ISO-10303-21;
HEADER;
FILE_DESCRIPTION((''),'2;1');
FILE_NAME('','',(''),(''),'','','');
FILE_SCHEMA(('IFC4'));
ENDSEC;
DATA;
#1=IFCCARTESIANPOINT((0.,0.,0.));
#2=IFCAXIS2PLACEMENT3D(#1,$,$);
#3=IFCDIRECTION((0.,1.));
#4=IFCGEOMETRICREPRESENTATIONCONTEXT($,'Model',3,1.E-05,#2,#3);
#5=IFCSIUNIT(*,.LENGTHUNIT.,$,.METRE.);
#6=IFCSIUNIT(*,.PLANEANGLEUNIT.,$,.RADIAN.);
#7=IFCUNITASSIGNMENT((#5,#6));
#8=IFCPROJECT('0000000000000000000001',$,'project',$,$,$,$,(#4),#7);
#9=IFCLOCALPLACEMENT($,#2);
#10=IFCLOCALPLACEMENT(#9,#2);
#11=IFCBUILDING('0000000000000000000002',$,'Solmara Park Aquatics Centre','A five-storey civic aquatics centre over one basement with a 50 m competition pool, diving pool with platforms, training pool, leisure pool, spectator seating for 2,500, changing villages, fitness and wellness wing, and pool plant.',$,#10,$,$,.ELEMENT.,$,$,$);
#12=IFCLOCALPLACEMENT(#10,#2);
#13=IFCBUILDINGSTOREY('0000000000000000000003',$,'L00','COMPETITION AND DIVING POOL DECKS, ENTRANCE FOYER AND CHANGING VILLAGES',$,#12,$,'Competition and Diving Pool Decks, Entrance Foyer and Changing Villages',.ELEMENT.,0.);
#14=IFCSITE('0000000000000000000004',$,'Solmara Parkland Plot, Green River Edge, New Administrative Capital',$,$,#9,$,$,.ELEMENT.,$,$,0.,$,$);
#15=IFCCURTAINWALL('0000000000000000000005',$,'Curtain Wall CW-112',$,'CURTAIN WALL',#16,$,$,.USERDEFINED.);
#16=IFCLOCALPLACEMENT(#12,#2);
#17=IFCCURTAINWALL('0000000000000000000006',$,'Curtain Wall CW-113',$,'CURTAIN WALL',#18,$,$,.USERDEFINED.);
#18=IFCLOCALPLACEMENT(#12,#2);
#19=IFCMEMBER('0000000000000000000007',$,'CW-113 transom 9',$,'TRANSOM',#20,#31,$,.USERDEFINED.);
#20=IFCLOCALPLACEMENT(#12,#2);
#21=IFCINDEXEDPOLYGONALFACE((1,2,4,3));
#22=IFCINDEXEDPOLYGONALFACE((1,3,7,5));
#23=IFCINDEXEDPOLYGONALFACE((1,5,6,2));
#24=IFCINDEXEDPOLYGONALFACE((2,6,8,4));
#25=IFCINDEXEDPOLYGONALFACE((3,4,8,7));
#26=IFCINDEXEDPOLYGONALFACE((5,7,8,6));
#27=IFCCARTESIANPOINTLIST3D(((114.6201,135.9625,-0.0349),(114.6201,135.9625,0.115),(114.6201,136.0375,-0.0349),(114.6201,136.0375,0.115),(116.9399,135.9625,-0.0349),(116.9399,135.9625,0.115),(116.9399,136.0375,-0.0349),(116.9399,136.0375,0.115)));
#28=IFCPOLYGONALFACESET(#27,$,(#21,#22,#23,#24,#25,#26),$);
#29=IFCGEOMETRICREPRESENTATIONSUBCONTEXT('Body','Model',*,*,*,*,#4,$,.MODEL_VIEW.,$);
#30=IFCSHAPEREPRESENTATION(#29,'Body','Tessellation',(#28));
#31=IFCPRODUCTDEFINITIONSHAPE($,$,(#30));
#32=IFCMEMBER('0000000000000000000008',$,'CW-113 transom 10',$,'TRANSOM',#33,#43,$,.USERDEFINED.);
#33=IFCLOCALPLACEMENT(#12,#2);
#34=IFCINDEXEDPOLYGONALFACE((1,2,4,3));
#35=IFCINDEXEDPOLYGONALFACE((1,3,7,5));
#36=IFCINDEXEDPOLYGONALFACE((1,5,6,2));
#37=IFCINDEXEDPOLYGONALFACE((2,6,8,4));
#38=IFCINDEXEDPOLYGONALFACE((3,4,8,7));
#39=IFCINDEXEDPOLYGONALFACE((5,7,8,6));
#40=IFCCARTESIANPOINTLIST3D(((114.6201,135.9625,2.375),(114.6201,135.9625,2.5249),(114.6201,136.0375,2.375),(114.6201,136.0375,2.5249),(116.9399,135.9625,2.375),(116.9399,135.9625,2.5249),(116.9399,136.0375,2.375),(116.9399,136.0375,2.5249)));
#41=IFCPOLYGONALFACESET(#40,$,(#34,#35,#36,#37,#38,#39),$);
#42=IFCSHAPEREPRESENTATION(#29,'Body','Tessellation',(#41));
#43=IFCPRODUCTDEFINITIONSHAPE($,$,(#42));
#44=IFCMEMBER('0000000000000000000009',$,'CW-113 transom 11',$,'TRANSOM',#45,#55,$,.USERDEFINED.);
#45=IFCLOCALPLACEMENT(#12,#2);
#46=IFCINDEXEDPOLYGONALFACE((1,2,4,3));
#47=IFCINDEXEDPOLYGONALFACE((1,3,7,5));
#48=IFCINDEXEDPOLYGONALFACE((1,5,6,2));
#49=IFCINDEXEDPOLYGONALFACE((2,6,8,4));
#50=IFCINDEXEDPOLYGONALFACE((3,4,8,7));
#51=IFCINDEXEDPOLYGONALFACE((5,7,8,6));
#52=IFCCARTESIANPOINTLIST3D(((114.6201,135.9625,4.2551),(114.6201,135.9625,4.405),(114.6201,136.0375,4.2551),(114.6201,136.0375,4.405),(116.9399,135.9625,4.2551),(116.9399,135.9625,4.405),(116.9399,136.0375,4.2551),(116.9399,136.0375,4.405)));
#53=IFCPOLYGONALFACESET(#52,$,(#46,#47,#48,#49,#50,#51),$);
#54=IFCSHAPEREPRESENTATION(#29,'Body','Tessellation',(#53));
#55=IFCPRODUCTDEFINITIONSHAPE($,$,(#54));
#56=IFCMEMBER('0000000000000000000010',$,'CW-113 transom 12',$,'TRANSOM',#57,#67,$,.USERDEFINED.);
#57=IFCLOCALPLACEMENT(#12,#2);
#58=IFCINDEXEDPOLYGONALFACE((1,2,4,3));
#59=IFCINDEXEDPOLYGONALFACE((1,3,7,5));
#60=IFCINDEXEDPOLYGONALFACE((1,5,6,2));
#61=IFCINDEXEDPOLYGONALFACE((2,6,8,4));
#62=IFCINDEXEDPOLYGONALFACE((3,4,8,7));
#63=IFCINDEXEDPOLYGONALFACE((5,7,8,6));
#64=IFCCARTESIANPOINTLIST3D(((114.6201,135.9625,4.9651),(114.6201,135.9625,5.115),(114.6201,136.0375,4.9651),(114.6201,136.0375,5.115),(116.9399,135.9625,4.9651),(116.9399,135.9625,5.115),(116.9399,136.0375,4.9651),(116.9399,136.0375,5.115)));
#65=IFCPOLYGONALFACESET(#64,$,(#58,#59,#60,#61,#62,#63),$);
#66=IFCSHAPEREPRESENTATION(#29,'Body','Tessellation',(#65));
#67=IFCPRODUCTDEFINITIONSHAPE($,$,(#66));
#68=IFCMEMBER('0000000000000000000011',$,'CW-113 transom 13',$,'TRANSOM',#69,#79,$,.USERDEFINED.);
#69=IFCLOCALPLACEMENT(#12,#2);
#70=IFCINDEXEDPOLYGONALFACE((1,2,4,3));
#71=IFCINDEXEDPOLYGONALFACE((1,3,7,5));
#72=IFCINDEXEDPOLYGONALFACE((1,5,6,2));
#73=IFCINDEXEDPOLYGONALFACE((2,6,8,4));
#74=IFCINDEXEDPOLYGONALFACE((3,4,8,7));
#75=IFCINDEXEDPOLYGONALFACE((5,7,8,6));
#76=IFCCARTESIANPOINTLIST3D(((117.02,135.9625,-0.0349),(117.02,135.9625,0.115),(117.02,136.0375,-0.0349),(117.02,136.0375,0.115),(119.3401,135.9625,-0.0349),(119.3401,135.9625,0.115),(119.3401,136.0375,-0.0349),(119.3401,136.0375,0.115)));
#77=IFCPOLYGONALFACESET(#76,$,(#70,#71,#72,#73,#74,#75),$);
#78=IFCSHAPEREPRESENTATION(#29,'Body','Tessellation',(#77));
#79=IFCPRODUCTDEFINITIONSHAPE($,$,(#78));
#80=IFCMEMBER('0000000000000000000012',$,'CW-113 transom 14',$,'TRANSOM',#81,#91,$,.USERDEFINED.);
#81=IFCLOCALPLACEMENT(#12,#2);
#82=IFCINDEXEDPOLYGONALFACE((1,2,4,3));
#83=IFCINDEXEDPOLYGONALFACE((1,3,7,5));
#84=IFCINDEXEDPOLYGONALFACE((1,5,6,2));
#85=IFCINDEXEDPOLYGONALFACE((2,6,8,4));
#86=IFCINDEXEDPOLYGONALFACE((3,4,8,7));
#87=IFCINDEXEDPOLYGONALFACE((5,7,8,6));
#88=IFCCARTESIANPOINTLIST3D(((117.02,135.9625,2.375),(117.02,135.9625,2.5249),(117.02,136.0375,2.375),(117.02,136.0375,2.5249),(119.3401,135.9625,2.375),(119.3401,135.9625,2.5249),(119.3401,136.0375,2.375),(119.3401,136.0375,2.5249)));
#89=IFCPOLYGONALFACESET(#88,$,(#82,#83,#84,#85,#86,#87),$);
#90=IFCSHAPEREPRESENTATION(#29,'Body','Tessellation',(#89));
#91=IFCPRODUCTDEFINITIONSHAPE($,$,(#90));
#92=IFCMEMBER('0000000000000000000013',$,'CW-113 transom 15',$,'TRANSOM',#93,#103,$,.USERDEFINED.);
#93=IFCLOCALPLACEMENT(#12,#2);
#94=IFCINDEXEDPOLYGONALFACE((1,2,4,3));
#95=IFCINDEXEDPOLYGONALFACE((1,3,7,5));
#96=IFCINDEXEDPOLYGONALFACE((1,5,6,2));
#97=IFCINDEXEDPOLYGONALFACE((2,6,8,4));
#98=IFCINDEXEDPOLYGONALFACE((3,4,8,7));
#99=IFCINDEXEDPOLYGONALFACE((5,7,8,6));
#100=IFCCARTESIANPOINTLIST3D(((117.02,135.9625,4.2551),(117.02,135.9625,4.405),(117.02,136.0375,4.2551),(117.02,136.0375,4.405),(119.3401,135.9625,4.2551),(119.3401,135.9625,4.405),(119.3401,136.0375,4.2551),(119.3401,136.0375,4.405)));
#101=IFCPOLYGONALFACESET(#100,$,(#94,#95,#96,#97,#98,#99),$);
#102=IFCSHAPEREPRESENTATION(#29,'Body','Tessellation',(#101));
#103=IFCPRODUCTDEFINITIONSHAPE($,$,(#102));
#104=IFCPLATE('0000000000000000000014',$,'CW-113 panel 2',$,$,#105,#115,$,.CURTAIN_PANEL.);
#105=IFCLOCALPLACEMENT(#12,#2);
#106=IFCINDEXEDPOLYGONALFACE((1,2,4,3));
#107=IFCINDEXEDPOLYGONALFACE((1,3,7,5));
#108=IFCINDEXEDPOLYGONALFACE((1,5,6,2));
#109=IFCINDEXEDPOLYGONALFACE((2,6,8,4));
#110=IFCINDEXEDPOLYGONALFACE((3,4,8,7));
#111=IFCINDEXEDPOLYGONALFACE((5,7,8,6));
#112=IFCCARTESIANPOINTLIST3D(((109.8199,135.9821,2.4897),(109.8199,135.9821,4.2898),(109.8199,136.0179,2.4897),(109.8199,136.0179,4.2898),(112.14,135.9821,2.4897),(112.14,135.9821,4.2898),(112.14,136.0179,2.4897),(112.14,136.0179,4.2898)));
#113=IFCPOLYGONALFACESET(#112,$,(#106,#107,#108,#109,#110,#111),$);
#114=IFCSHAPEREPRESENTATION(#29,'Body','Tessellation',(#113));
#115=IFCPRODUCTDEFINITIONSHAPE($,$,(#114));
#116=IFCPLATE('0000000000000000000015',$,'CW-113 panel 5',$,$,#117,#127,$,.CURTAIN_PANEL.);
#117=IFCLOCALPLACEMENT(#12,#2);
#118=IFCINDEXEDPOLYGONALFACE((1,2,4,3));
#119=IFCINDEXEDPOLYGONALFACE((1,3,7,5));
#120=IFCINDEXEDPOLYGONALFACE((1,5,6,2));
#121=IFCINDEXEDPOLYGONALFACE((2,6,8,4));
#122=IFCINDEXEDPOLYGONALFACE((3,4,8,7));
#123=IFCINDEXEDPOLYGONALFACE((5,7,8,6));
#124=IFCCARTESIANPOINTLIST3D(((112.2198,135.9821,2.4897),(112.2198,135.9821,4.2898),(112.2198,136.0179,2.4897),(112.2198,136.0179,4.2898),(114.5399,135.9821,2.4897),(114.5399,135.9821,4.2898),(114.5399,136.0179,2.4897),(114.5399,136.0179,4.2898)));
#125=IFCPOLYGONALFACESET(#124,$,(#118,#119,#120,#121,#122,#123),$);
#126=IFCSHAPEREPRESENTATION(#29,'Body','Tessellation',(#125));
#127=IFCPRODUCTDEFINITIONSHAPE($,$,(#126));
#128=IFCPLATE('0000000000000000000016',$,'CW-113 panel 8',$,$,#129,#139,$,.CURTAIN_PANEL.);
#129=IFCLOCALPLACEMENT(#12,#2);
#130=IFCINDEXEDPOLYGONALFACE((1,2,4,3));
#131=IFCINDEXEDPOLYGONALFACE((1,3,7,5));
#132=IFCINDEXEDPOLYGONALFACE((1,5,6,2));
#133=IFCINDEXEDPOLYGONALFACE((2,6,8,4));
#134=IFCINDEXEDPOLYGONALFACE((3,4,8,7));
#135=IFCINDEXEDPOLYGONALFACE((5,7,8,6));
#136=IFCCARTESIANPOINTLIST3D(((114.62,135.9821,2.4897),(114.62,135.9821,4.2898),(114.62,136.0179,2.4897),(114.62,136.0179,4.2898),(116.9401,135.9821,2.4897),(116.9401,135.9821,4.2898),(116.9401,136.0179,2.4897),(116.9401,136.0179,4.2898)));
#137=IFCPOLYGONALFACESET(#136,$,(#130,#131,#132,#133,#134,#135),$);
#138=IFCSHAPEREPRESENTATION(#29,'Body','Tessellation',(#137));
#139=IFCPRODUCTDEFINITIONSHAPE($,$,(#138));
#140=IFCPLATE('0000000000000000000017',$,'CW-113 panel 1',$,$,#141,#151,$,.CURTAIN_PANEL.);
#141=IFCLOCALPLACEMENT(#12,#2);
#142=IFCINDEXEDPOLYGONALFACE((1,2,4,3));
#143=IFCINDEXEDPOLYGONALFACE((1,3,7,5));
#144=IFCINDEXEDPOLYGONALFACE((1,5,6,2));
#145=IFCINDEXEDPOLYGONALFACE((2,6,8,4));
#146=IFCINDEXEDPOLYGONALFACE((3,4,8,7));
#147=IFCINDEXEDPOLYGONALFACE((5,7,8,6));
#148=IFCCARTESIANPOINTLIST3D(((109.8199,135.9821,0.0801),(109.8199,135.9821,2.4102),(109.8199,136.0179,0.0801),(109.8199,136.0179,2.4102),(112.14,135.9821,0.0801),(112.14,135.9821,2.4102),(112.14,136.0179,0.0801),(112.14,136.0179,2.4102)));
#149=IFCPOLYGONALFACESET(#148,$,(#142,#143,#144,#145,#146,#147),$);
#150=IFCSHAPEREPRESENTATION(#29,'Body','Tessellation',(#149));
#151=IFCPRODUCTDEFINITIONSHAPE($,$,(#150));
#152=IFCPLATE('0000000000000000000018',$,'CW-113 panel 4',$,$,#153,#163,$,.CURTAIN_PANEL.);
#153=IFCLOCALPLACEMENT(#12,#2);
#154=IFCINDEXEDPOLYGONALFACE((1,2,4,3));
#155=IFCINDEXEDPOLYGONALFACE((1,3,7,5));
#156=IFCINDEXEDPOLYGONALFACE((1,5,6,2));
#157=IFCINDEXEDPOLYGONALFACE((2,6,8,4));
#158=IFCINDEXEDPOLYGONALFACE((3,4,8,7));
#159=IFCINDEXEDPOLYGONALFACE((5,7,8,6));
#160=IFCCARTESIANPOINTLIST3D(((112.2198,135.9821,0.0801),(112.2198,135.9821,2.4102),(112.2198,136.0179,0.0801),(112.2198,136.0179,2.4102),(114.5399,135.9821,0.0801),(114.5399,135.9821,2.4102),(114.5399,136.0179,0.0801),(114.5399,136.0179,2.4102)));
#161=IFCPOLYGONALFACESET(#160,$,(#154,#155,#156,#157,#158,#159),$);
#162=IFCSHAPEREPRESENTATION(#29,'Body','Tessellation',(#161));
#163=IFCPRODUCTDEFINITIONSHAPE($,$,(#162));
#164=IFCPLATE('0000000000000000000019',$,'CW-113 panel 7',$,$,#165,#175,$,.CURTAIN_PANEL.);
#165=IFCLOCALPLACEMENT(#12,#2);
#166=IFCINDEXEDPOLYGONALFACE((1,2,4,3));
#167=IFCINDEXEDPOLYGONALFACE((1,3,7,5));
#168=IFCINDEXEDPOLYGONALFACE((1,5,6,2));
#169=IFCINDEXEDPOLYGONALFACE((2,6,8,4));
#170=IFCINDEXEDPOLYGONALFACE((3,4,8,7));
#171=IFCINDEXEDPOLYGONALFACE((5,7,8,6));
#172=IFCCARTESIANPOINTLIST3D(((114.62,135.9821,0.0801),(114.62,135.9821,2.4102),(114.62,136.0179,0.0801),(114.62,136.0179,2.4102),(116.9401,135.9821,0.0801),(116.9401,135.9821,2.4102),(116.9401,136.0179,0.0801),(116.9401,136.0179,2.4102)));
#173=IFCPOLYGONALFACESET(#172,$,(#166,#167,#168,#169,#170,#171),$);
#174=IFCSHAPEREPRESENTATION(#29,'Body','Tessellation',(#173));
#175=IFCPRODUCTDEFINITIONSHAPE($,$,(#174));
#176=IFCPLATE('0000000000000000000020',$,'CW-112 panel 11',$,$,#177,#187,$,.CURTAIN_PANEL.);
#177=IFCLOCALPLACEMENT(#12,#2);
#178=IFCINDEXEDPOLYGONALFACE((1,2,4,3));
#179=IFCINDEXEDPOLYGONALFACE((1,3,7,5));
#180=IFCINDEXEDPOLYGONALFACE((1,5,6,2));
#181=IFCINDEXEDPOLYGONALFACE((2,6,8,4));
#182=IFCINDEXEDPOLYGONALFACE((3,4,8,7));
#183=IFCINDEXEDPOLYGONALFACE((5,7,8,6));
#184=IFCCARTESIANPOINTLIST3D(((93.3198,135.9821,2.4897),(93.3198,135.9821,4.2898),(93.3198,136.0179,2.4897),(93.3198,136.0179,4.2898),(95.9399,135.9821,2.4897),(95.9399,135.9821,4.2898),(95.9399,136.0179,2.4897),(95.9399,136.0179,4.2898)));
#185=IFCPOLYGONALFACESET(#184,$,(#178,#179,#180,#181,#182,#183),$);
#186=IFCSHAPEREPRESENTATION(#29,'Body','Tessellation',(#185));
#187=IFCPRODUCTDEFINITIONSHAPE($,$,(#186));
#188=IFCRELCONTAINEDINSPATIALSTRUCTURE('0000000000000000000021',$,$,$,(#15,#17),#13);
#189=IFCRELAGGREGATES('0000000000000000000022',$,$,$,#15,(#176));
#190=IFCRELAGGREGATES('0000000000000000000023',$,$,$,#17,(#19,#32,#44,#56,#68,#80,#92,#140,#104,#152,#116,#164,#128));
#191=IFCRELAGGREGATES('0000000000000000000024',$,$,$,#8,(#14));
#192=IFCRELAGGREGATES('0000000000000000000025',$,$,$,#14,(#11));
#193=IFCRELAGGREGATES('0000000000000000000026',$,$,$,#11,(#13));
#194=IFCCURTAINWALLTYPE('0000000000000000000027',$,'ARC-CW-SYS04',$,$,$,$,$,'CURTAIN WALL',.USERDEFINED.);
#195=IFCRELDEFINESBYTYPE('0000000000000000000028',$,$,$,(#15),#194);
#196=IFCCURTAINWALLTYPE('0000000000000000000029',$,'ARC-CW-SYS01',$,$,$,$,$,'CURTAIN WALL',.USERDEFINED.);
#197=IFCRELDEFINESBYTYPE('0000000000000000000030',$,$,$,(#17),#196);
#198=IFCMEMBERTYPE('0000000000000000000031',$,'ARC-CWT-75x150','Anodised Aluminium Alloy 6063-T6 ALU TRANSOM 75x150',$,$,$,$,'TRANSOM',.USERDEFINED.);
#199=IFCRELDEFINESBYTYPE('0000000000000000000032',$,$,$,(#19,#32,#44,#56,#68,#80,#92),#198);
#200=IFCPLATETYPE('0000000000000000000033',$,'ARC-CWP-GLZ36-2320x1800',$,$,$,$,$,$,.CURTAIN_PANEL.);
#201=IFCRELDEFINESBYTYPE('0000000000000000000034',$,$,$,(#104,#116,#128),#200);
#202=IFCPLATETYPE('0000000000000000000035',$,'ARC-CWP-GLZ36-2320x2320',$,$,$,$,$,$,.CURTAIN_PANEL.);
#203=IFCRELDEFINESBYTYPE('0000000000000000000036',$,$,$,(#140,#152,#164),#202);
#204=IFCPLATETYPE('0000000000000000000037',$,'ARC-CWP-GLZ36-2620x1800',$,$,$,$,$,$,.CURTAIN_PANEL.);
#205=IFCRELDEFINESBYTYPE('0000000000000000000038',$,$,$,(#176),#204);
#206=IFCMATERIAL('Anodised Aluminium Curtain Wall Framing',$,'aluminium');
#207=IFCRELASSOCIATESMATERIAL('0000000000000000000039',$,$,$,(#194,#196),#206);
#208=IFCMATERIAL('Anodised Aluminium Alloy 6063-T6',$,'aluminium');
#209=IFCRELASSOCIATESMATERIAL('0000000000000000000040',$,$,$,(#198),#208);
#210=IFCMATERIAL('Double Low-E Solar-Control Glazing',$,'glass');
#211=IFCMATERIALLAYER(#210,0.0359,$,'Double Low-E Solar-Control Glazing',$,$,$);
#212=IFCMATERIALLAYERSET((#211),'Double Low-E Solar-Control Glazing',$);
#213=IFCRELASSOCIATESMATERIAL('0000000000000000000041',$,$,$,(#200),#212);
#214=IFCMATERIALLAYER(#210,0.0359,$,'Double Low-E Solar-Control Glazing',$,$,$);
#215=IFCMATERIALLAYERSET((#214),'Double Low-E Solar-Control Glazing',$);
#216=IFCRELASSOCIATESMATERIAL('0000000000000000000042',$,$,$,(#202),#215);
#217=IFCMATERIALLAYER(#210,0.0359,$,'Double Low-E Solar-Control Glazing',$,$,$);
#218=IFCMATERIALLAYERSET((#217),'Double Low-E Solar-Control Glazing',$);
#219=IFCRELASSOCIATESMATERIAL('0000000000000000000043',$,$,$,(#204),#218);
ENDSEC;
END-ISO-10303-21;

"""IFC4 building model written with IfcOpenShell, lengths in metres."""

from ifc_helpers import new_model, si_unit, direction, frame, origin, origin_2d, place, context, subcontext, project, spatial, rectangle, extrude, material, layer, layer_set, material_profile, profile_set, type_object, element, aggregate, save


model = new_model("IFC4")

# Units and contexts
model_context = context("Model", 3, precision=1e-05, world=origin(), true_north=direction((0.0, 1.0)))
body_context = subcontext(model_context, "Body", "Model", "MODEL_VIEW")
ifc_project = project(units=[si_unit("LENGTHUNIT", "METRE"), si_unit("PLANEANGLEUNIT", "RADIAN")], contexts=[model_context])

# Site, building, storey
site_placement = place(None, origin())
site = spatial("IfcSite", under=ifc_project, at=site_placement, Name="Solmara Parkland Plot, Green River Edge, New Administrative Capital", CompositionType="ELEMENT", RefElevation=0.0)
building_placement = place(site_placement, origin())
building = spatial("IfcBuilding", under=site, at=building_placement, Name="Solmara Park Aquatics Centre", Description="A five-storey civic aquatics centre over one basement with a 50 m competition pool, diving pool with platforms, training pool, leisure pool, spectator seating for 2,500, changing villages, fitness and wellness wing, and pool plant.", CompositionType="ELEMENT")
storey_placement = place(building_placement, origin())
storey = spatial("IfcBuildingStorey", under=building, at=storey_placement, Name="L00", Description="COMPETITION AND DIVING POOL DECKS, ENTRANCE FOYER AND CHANGING VILLAGES", LongName="Competition and Diving Pool Decks, Entrance Foyer and Changing Villages", CompositionType="ELEMENT", Elevation=0.0)

# Curtain wall
ifc_material_1 = material(Name="Anodised Aluminium Curtain Wall Framing", Category="aluminium")
curtain_wall_type_1 = type_object("IfcCurtainWallType", Name="ARC-CW-SYS04", ElementType="CURTAIN WALL", PredefinedType="USERDEFINED", material=ifc_material_1)
curtain_wall_1_placement = place(storey_placement, origin())
curtain_wall_1 = element("IfcCurtainWall", 1, at=curtain_wall_1_placement, inside=storey, type_object=curtain_wall_type_1, Name="Curtain Wall CW-112", ObjectType="CURTAIN WALL", PredefinedType="USERDEFINED")
ifc_material_2 = material(Name="Anodised Aluminium Alloy 6063-T6", Category="aluminium")

# Curtain wall, members, plates
curtain_wall_type_2 = type_object("IfcCurtainWallType", Name="ARC-CW-SYS01", ElementType="CURTAIN WALL", PredefinedType="USERDEFINED", material=ifc_material_1)
curtain_wall_2_placement = place(storey_placement, origin())
curtain_wall_2 = element("IfcCurtainWall", 2, at=curtain_wall_2_placement, inside=storey, type_object=curtain_wall_type_2, Name="Curtain Wall CW-113", ObjectType="CURTAIN WALL", PredefinedType="USERDEFINED")
ifc_material_profile_1 = material_profile(ifc_material_2, rectangle(XDim=0.075, YDim=0.1499, at=origin_2d()), Name="ALU TRANSOM 75x150")
ifc_profile_set_1 = profile_set([ifc_material_profile_1], Name="Anodised Aluminium Alloy 6063-T6")
member_type_1 = type_object("IfcMemberType", Name="ARC-CWT-75x150", Description="Anodised Aluminium Alloy 6063-T6 ALU TRANSOM 75x150", ElementType="TRANSOM", PredefinedType="USERDEFINED", material=ifc_profile_set_1)
member_1_placement = place(storey_placement, frame((114.6201, 136.0, 0.04), z_axis=(1.0, 0.0, 0.0), x_axis=(0.0, 1.0, 0.0)))
member_1 = element("IfcMember", 3, at=member_1_placement, type_object=member_type_1, Name="CW-113 transom 9", ObjectType="TRANSOM", PredefinedType="USERDEFINED", context=body_context, shape_type="SweptSolid", body=[
    extrude(rectangle(XDim=0.075, YDim=0.1499, at=origin_2d()), origin(), (0.0, 0.0, 1.0), 2.3198),
])
member_2_placement = place(storey_placement, frame((114.6201, 136.0, 2.45), z_axis=(1.0, 0.0, 0.0), x_axis=(0.0, 1.0, 0.0)))
member_2 = element("IfcMember", 4, at=member_2_placement, type_object=member_type_1, Name="CW-113 transom 10", ObjectType="TRANSOM", PredefinedType="USERDEFINED", context=body_context, shape_type="SweptSolid", body=[
    extrude(rectangle(XDim=0.075, YDim=0.1499, at=origin_2d()), origin(), (0.0, 0.0, 1.0), 2.3198),
])
member_3_placement = place(storey_placement, frame((114.6201, 136.0, 4.3301), z_axis=(1.0, 0.0, 0.0), x_axis=(0.0, 1.0, 0.0)))
member_3 = element("IfcMember", 5, at=member_3_placement, type_object=member_type_1, Name="CW-113 transom 11", ObjectType="TRANSOM", PredefinedType="USERDEFINED", context=body_context, shape_type="SweptSolid", body=[
    extrude(rectangle(XDim=0.075, YDim=0.1499, at=origin_2d()), origin(), (0.0, 0.0, 1.0), 2.3198),
])
member_4_placement = place(storey_placement, frame((114.6201, 136.0, 5.04), z_axis=(1.0, 0.0, 0.0), x_axis=(0.0, 1.0, 0.0)))
member_4 = element("IfcMember", 6, at=member_4_placement, type_object=member_type_1, Name="CW-113 transom 12", ObjectType="TRANSOM", PredefinedType="USERDEFINED", context=body_context, shape_type="SweptSolid", body=[
    extrude(rectangle(XDim=0.075, YDim=0.1499, at=origin_2d()), origin(), (0.0, 0.0, 1.0), 2.3198),
])
member_5_placement = place(storey_placement, frame((117.02, 136.0, 0.04), z_axis=(1.0, 0.0, 0.0), x_axis=(0.0, 1.0, 0.0)))
member_5 = element("IfcMember", 7, at=member_5_placement, type_object=member_type_1, Name="CW-113 transom 13", ObjectType="TRANSOM", PredefinedType="USERDEFINED", context=body_context, shape_type="SweptSolid", body=[
    extrude(rectangle(XDim=0.075, YDim=0.1499, at=origin_2d()), origin(), (0.0, 0.0, 1.0), 2.3201),
])
member_6_placement = place(storey_placement, frame((117.02, 136.0, 2.45), z_axis=(1.0, 0.0, 0.0), x_axis=(0.0, 1.0, 0.0)))
member_6 = element("IfcMember", 8, at=member_6_placement, type_object=member_type_1, Name="CW-113 transom 14", ObjectType="TRANSOM", PredefinedType="USERDEFINED", context=body_context, shape_type="SweptSolid", body=[
    extrude(rectangle(XDim=0.075, YDim=0.1499, at=origin_2d()), origin(), (0.0, 0.0, 1.0), 2.3201),
])
member_7_placement = place(storey_placement, frame((117.02, 136.0, 4.3301), z_axis=(1.0, 0.0, 0.0), x_axis=(0.0, 1.0, 0.0)))
member_7 = element("IfcMember", 9, at=member_7_placement, type_object=member_type_1, Name="CW-113 transom 15", ObjectType="TRANSOM", PredefinedType="USERDEFINED", context=body_context, shape_type="SweptSolid", body=[
    extrude(rectangle(XDim=0.075, YDim=0.1499, at=origin_2d()), origin(), (0.0, 0.0, 1.0), 2.3201),
])
ifc_material_3 = material(Name="Double Low-E Solar-Control Glazing", Category="glass")
ifc_layer_1 = layer(ifc_material_3, 0.0359, Name="Double Low-E Solar-Control Glazing")
ifc_layer_set_1 = layer_set([ifc_layer_1], Name="Double Low-E Solar-Control Glazing")
plate_type_1 = type_object("IfcPlateType", Name="ARC-CWP-GLZ36-2320x1800", PredefinedType="CURTAIN_PANEL", material=ifc_layer_set_1)
plate_1_placement = place(storey_placement, frame((110.98, 136.0, 2.4897), z_axis=(0.0, 0.0, 1.0), x_axis=(1.0, 0.0, 0.0)))
plate_1 = element("IfcPlate", 10, at=plate_1_placement, type_object=plate_type_1, Name="CW-113 panel 2", PredefinedType="CURTAIN_PANEL", context=body_context, shape_type="SweptSolid", body=[
    extrude(rectangle(XDim=2.3201, YDim=0.0359, at=origin_2d()), origin(), (0.0, 0.0, 1.0), 1.8),
])
plate_2_placement = place(storey_placement, frame((113.3799, 136.0, 2.4897), z_axis=(0.0, 0.0, 1.0), x_axis=(1.0, 0.0, 0.0)))
plate_2 = element("IfcPlate", 11, at=plate_2_placement, type_object=plate_type_1, Name="CW-113 panel 5", PredefinedType="CURTAIN_PANEL", context=body_context, shape_type="SweptSolid", body=[
    extrude(rectangle(XDim=2.3201, YDim=0.0359, at=origin_2d()), origin(), (0.0, 0.0, 1.0), 1.8),
])
plate_3_placement = place(storey_placement, frame((115.78, 136.0, 2.4897), z_axis=(0.0, 0.0, 1.0), x_axis=(1.0, 0.0, 0.0)))
plate_3 = element("IfcPlate", 12, at=plate_3_placement, type_object=plate_type_1, Name="CW-113 panel 8", PredefinedType="CURTAIN_PANEL", context=body_context, shape_type="SweptSolid", body=[
    extrude(rectangle(XDim=2.3201, YDim=0.0359, at=origin_2d()), origin(), (0.0, 0.0, 1.0), 1.8),
])
ifc_layer_2 = layer(ifc_material_3, 0.0359, Name="Double Low-E Solar-Control Glazing")
ifc_layer_set_2 = layer_set([ifc_layer_2], Name="Double Low-E Solar-Control Glazing")
plate_type_2 = type_object("IfcPlateType", Name="ARC-CWP-GLZ36-2320x2320", PredefinedType="CURTAIN_PANEL", material=ifc_layer_set_2)
plate_4_placement = place(storey_placement, frame((110.98, 136.0, 0.0801), z_axis=(0.0, 0.0, 1.0), x_axis=(1.0, 0.0, 0.0)))
plate_4 = element("IfcPlate", 13, at=plate_4_placement, type_object=plate_type_2, Name="CW-113 panel 1", PredefinedType="CURTAIN_PANEL", context=body_context, shape_type="SweptSolid", body=[
    extrude(rectangle(XDim=2.3201, YDim=0.0359, at=origin_2d()), origin(), (0.0, 0.0, 1.0), 2.3301),
])
plate_5_placement = place(storey_placement, frame((113.3799, 136.0, 0.0801), z_axis=(0.0, 0.0, 1.0), x_axis=(1.0, 0.0, 0.0)))
plate_5 = element("IfcPlate", 14, at=plate_5_placement, type_object=plate_type_2, Name="CW-113 panel 4", PredefinedType="CURTAIN_PANEL", context=body_context, shape_type="SweptSolid", body=[
    extrude(rectangle(XDim=2.3201, YDim=0.0359, at=origin_2d()), origin(), (0.0, 0.0, 1.0), 2.3301),
])
plate_6_placement = place(storey_placement, frame((115.78, 136.0, 0.0801), z_axis=(0.0, 0.0, 1.0), x_axis=(1.0, 0.0, 0.0)))
plate_6 = element("IfcPlate", 15, at=plate_6_placement, type_object=plate_type_2, Name="CW-113 panel 7", PredefinedType="CURTAIN_PANEL", context=body_context, shape_type="SweptSolid", body=[
    extrude(rectangle(XDim=2.3201, YDim=0.0359, at=origin_2d()), origin(), (0.0, 0.0, 1.0), 2.3301),
])

# Plate
ifc_layer_3 = layer(ifc_material_3, 0.0359, Name="Double Low-E Solar-Control Glazing")
ifc_layer_set_3 = layer_set([ifc_layer_3], Name="Double Low-E Solar-Control Glazing")
plate_type_3 = type_object("IfcPlateType", Name="ARC-CWP-GLZ36-2620x1800", PredefinedType="CURTAIN_PANEL", material=ifc_layer_set_3)
plate_7_placement = place(storey_placement, frame((94.6299, 136.0, 2.4897), z_axis=(0.0, 0.0, 1.0), x_axis=(1.0, 0.0, 0.0)))
plate_7 = element("IfcPlate", 16, at=plate_7_placement, type_object=plate_type_3, Name="CW-112 panel 11", PredefinedType="CURTAIN_PANEL", context=body_context, shape_type="SweptSolid", body=[
    extrude(rectangle(XDim=2.6201, YDim=0.0359, at=origin_2d()), origin(), (0.0, 0.0, 1.0), 1.8),
])
aggregate(curtain_wall_1, [plate_7])
aggregate(curtain_wall_2, [member_1, member_2, member_3, member_4, member_5, member_6, member_7, plate_4, plate_1, plate_5, plate_2, plate_6, plate_3])

save(model, "model.ifc")
